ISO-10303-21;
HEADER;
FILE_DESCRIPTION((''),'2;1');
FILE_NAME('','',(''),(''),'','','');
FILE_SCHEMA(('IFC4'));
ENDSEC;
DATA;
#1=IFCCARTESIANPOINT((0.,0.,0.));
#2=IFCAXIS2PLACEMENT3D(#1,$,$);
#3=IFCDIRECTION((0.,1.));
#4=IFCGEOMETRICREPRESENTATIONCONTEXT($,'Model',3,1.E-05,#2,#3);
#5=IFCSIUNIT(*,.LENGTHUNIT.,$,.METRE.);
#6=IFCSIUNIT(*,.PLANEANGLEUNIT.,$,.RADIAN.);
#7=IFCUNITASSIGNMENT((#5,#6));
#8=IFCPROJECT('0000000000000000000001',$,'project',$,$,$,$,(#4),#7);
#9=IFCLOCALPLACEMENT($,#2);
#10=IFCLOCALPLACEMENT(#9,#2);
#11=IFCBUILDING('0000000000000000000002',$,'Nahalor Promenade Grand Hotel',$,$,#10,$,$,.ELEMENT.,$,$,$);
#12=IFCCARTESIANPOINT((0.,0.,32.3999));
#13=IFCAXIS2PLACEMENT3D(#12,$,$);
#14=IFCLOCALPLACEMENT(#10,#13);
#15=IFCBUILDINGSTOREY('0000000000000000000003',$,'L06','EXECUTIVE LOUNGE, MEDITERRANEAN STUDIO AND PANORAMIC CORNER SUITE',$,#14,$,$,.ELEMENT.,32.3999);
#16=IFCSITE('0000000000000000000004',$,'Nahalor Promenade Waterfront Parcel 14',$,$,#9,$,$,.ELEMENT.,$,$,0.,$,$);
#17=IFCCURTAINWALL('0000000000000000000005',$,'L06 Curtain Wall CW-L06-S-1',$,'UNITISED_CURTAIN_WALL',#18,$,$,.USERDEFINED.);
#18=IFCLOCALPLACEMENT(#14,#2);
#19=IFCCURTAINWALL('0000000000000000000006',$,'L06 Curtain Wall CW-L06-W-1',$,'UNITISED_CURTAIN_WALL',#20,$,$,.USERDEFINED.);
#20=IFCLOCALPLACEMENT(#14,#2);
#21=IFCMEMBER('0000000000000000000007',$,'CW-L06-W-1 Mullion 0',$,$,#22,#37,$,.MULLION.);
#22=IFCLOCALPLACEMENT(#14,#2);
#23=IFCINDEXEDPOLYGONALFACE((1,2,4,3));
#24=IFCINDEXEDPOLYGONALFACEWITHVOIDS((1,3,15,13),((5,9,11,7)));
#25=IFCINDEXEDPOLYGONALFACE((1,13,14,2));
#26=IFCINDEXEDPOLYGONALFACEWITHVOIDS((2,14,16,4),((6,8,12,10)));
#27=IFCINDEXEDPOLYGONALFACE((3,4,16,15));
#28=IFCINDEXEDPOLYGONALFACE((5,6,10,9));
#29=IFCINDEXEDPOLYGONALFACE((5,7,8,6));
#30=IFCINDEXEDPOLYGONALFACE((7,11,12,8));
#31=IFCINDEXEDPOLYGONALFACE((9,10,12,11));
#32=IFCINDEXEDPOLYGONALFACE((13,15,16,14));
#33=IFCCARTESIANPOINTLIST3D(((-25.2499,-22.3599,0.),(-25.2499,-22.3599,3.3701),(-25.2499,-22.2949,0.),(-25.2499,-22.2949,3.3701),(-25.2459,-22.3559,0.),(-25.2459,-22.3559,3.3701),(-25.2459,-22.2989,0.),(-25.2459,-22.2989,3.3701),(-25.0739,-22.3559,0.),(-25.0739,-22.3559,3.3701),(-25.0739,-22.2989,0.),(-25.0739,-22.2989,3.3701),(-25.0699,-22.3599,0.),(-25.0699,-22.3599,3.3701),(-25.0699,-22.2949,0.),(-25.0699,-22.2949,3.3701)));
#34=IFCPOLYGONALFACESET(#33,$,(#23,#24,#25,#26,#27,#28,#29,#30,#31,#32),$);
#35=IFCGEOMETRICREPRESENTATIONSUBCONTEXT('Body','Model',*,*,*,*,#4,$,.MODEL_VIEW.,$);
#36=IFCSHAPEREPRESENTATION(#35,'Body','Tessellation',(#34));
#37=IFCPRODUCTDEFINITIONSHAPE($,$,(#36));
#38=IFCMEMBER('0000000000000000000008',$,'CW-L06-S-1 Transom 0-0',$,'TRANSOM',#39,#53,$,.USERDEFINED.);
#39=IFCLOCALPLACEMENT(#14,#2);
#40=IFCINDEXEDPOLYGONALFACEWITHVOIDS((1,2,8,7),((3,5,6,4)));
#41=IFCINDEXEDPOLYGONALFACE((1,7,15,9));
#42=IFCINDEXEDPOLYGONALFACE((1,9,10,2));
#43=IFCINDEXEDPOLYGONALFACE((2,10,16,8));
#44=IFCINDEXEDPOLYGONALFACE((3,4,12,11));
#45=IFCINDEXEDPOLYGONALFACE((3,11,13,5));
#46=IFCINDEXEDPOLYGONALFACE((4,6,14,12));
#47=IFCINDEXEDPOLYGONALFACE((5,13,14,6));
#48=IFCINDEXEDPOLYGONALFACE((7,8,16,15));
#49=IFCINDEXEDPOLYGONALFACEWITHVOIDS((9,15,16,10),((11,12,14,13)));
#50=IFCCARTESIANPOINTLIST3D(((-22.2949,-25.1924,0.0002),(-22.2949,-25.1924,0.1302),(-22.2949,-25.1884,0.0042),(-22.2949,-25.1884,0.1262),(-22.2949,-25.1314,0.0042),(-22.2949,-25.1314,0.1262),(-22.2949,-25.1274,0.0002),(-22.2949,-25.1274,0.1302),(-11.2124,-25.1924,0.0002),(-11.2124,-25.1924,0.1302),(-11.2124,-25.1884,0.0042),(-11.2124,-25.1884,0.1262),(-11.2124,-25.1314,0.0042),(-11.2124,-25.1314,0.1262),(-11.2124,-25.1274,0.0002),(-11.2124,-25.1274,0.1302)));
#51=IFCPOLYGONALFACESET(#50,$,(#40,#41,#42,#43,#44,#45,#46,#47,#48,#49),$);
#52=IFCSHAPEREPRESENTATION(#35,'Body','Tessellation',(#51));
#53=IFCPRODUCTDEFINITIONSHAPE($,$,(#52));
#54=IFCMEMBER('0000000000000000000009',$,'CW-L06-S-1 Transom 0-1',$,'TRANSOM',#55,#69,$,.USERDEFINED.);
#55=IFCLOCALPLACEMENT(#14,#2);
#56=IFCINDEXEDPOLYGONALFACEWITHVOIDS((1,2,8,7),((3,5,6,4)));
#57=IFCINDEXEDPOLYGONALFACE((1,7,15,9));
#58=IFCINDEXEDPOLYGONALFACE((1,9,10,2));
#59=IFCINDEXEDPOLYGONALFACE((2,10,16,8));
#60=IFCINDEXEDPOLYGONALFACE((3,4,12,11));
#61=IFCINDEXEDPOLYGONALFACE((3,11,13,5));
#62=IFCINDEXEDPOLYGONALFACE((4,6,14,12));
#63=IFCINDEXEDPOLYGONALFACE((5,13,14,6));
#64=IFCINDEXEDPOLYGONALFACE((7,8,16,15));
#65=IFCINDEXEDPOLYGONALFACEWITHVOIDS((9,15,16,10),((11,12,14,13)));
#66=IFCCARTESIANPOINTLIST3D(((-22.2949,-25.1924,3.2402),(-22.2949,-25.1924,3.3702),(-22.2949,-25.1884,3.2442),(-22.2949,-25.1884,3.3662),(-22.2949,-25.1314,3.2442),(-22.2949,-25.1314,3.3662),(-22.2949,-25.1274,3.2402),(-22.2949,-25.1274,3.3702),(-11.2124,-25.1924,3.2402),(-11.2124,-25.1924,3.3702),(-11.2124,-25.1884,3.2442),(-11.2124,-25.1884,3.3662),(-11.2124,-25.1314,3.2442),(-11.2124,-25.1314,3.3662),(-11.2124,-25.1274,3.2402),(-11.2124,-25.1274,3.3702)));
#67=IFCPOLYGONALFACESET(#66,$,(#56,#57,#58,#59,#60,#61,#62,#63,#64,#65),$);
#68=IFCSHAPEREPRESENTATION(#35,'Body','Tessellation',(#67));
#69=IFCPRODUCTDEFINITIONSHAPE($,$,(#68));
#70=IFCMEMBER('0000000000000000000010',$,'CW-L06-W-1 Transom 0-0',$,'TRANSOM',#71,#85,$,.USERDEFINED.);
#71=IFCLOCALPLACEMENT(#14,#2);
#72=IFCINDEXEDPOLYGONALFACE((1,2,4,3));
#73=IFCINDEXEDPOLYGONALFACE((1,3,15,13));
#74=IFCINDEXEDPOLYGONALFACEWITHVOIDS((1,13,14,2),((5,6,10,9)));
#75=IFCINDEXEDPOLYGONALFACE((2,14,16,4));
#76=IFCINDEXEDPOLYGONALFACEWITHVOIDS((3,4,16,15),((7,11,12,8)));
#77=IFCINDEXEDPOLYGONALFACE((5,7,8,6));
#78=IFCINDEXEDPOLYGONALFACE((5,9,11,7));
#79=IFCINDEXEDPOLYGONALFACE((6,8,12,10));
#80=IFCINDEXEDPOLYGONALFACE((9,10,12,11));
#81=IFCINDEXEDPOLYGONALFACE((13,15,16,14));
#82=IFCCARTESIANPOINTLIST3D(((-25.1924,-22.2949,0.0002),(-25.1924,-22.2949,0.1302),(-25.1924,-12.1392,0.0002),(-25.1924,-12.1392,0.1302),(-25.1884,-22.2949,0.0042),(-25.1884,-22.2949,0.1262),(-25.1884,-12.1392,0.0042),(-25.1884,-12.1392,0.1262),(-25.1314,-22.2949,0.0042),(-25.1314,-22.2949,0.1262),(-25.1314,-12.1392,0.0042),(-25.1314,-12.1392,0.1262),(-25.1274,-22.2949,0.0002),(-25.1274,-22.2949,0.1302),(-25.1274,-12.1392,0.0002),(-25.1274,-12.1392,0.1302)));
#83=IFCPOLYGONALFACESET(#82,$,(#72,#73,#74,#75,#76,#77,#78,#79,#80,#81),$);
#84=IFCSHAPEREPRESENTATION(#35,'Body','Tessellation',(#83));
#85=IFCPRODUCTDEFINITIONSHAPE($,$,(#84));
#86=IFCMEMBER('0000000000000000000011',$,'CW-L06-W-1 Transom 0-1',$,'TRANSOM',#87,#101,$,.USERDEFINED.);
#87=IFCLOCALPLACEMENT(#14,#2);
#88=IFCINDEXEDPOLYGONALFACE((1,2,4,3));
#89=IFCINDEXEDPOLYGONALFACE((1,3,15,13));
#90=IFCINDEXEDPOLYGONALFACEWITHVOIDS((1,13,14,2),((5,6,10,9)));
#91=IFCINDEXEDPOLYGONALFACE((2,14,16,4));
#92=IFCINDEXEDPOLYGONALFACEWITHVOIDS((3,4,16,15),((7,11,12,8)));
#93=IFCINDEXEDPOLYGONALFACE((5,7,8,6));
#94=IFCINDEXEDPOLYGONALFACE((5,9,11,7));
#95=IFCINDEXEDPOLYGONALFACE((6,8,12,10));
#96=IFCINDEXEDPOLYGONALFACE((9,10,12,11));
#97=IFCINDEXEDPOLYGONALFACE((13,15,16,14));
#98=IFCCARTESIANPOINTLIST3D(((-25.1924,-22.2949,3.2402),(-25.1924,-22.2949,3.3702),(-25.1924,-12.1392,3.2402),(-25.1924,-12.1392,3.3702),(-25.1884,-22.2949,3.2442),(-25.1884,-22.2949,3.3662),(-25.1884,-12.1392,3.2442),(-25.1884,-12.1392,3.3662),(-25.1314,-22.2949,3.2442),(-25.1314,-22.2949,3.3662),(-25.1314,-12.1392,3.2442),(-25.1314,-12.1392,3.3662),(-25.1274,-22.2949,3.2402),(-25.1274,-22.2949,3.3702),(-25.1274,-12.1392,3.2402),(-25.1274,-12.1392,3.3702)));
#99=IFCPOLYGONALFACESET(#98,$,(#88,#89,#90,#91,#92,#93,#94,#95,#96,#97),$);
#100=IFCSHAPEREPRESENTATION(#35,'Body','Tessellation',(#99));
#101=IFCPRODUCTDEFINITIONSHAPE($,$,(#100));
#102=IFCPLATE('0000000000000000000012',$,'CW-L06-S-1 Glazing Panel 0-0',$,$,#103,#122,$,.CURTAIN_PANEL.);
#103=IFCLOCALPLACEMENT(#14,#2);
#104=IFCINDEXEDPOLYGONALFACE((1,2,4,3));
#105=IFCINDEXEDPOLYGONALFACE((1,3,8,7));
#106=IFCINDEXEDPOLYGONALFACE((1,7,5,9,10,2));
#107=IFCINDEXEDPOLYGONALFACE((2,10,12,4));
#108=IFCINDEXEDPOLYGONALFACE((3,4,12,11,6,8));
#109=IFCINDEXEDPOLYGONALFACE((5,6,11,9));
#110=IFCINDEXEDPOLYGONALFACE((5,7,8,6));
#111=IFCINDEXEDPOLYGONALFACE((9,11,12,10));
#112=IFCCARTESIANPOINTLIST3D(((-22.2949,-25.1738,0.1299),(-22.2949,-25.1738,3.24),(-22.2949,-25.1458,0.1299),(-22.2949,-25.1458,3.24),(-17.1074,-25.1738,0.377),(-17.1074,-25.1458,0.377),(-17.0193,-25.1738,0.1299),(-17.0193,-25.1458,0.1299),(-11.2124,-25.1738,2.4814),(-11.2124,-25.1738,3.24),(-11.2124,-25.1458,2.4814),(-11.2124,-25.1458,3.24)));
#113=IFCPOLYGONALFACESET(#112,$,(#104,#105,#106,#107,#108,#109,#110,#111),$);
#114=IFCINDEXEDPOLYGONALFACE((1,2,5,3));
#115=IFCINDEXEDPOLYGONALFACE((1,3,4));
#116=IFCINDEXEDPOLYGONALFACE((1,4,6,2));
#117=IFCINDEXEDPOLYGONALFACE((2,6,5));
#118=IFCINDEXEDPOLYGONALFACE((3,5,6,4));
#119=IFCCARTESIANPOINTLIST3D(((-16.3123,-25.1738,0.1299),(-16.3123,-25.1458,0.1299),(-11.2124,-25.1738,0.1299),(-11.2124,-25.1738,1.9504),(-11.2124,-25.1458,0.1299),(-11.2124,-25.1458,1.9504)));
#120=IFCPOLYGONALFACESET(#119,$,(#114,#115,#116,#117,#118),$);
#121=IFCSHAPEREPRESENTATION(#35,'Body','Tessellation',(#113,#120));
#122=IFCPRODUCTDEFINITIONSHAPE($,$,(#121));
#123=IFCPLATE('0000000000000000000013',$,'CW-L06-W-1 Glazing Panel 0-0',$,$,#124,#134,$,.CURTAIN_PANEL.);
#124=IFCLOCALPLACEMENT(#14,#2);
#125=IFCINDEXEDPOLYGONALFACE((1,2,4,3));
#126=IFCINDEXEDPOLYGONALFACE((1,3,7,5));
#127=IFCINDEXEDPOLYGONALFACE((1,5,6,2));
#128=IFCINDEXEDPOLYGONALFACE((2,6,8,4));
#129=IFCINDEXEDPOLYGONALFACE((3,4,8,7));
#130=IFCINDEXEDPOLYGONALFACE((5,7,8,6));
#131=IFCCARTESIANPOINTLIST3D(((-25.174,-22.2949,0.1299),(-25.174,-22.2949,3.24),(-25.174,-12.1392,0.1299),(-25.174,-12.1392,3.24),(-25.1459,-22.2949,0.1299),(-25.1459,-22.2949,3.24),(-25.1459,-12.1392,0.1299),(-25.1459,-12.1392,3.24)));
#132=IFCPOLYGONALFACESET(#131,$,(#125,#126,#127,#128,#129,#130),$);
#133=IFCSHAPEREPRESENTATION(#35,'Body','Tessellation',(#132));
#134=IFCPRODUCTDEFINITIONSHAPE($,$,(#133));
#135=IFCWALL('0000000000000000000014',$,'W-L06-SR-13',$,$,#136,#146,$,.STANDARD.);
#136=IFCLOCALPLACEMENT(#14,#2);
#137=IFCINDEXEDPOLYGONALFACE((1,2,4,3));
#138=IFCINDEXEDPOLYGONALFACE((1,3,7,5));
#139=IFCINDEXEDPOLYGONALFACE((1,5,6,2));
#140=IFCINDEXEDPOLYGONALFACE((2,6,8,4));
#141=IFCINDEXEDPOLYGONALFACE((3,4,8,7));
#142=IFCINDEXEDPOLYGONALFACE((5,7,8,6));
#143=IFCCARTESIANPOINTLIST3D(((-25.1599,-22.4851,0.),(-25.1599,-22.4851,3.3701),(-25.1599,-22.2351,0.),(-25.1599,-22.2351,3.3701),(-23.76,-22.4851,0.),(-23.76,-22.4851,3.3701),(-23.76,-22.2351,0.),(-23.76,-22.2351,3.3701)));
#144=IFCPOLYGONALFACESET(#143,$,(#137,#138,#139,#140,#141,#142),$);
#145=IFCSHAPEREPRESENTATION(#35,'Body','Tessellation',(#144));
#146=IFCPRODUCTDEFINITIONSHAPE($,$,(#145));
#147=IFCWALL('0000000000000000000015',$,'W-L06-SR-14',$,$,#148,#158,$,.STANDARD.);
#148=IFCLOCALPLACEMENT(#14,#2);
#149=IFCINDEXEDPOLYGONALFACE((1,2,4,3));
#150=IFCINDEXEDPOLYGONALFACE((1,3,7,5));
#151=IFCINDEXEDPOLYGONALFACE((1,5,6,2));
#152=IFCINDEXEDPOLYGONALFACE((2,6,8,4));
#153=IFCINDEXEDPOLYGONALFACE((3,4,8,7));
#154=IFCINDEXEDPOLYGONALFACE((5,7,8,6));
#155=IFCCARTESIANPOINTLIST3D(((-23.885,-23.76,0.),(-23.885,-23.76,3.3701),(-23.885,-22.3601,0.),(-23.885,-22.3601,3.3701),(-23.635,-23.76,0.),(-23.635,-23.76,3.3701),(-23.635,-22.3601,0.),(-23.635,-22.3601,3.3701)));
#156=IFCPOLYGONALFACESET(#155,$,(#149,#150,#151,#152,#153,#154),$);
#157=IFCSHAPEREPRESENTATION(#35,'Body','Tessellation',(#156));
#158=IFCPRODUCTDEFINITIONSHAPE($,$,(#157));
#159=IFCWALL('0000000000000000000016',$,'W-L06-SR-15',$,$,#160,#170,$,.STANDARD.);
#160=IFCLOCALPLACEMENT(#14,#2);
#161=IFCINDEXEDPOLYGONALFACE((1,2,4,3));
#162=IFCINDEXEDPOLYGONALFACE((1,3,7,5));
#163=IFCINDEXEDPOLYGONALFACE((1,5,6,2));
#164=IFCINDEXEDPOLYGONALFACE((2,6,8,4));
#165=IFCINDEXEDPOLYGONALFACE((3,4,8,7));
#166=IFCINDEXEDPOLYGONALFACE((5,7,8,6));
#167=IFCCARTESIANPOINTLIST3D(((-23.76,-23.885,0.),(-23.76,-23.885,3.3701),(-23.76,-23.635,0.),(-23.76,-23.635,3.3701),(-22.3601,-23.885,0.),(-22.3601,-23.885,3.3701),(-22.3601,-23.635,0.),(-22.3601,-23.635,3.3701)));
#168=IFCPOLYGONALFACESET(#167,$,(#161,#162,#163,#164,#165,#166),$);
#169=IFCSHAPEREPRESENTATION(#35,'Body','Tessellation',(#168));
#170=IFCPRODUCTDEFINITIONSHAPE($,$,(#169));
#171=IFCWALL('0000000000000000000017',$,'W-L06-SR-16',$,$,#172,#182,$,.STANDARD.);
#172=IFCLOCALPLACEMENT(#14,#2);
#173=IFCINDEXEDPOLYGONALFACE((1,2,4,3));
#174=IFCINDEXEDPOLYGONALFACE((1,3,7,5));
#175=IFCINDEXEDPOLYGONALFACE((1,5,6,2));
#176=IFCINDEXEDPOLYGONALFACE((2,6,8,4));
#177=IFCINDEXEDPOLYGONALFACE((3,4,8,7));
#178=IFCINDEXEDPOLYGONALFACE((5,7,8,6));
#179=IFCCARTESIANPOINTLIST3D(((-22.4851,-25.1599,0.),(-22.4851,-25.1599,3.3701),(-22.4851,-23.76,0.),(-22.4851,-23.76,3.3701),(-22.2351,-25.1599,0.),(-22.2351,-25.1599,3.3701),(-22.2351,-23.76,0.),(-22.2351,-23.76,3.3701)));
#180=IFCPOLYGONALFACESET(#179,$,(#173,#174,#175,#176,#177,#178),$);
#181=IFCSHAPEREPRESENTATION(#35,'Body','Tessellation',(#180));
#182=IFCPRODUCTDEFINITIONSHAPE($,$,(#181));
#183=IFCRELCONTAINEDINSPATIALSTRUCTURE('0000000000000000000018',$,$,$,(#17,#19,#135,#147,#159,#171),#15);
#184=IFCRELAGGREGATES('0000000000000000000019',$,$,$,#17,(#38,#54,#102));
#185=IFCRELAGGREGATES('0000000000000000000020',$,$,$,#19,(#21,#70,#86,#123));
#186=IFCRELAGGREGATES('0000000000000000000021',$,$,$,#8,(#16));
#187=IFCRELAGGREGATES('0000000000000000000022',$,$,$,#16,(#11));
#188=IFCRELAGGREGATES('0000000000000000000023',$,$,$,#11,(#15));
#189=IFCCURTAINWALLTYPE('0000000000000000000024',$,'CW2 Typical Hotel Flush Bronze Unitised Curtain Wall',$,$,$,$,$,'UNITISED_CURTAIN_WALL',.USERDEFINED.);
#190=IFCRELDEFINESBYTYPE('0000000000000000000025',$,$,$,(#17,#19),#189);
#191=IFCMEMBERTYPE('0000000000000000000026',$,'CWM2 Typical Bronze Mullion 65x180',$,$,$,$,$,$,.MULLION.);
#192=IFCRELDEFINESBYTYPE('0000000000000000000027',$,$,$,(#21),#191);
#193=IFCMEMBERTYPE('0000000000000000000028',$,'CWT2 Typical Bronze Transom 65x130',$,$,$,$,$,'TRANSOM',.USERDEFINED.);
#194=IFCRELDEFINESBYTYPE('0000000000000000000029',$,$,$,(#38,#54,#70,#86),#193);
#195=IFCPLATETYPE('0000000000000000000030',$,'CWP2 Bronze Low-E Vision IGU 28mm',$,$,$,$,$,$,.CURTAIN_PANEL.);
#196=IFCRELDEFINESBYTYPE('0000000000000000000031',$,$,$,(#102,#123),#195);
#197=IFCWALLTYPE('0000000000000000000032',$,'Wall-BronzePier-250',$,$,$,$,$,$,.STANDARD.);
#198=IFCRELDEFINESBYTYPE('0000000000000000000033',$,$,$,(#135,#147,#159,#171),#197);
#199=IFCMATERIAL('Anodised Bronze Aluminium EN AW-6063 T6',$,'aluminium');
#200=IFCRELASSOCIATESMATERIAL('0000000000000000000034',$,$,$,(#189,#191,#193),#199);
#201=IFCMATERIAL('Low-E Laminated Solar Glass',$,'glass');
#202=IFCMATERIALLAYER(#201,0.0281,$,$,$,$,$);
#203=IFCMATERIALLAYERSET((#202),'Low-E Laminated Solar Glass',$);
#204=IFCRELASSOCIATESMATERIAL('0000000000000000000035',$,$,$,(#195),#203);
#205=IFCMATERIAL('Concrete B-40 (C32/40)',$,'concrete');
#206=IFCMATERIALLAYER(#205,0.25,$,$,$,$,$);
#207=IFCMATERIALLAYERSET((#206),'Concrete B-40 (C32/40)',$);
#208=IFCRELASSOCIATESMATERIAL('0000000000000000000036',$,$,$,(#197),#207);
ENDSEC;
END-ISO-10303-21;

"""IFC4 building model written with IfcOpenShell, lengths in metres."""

from ifc_helpers import new_model, si_unit, direction, frame, frame_2d, origin, origin_2d, place, context, subcontext, project, spatial, polyline, rectangle, hollow_rectangle, outline, extrude, source, transform, mapped, material, layer, layer_set, material_profile, profile_set, type_object, element, aggregate, save


model = new_model("IFC4")

# Units and contexts
model_context = context("Model", 3, precision=1e-05, world=origin(), true_north=direction((0.0, 1.0)))
body_context = subcontext(model_context, "Body", "Model", "MODEL_VIEW")
ifc_project = project(units=[si_unit("LENGTHUNIT", "METRE"), si_unit("PLANEANGLEUNIT", "RADIAN")], contexts=[model_context])

# Site, building, storey
site_placement = place(None, origin())
site = spatial("IfcSite", under=ifc_project, at=site_placement, Name="Nahalor Promenade Waterfront Parcel 14", CompositionType="ELEMENT", RefElevation=0.0)
building_placement = place(site_placement, origin())
building = spatial("IfcBuilding", under=site, at=building_placement, Name="Nahalor Promenade Grand Hotel", CompositionType="ELEMENT")
storey_placement = place(building_placement, frame((0.0, 0.0, 32.3999)))
storey = spatial("IfcBuildingStorey", under=building, at=storey_placement, Name="L06", Description="EXECUTIVE LOUNGE, MEDITERRANEAN STUDIO AND PANORAMIC CORNER SUITE", CompositionType="ELEMENT", Elevation=32.3999)

# Curtain walls, member
ifc_material_1 = material(Name="Anodised Bronze Aluminium EN AW-6063 T6", Category="aluminium")
curtain_wall_type = type_object("IfcCurtainWallType", Name="CW2 Typical Hotel Flush Bronze Unitised Curtain Wall", ElementType="UNITISED_CURTAIN_WALL", PredefinedType="USERDEFINED", material=ifc_material_1)
curtain_wall_1_placement = place(storey_placement, origin())
curtain_wall_1 = element("IfcCurtainWall", 1, at=curtain_wall_1_placement, inside=storey, type_object=curtain_wall_type, Name="L06 Curtain Wall CW-L06-S-1", ObjectType="UNITISED_CURTAIN_WALL", PredefinedType="USERDEFINED")
ifc_material_profile_1 = material_profile(ifc_material_1, hollow_rectangle(XDim=0.065, YDim=0.18, WallThickness=0.004, at=origin_2d()), Name="CWM 65x180x4")
ifc_profile_set_1 = profile_set([ifc_material_profile_1], Name="Anodised Bronze Aluminium EN AW-6063 T6")
member_type_1 = type_object("IfcMemberType", Name="CWM2 Typical Bronze Mullion 65x180", PredefinedType="MULLION", material=ifc_profile_set_1)
shared_shape_1 = source(origin(), body_context, "Body", "SweptSolid", [
    extrude(hollow_rectangle(XDim=0.065, YDim=0.18, WallThickness=0.004, at=origin_2d()), origin(), (0.0, 0.0, 1.0), 3.3701),
])
curtain_wall_2_placement = place(storey_placement, origin())
curtain_wall_2 = element("IfcCurtainWall", 2, at=curtain_wall_2_placement, inside=storey, type_object=curtain_wall_type, Name="L06 Curtain Wall CW-L06-W-1", ObjectType="UNITISED_CURTAIN_WALL", PredefinedType="USERDEFINED")
member_1_placement = place(storey_placement, frame((-25.1599, -22.3274, 0.0), z_axis=(0.0, 0.0, 1.0), x_axis=(0.0, 1.0, 0.0)))
member_1 = element("IfcMember", 3, at=member_1_placement, type_object=member_type_1, Name="CW-L06-W-1 Mullion 0", PredefinedType="MULLION", context=body_context, shape_type="MappedRepresentation", body=[
    mapped(shared_shape_1, transform((0.0, 0.0, 0.0), scale=1.0)),
])

# Members
ifc_material_profile_2 = material_profile(ifc_material_1, hollow_rectangle(XDim=0.065, YDim=0.13, WallThickness=0.004, at=origin_2d()), Name="CWT 65x130x4")
ifc_profile_set_2 = profile_set([ifc_material_profile_2], Name="Anodised Bronze Aluminium EN AW-6063 T6")
member_type_2 = type_object("IfcMemberType", Name="CWT2 Typical Bronze Transom 65x130", ElementType="TRANSOM", PredefinedType="USERDEFINED", material=ifc_profile_set_2)
shared_shape_2 = source(origin(), body_context, "Body", "SweptSolid", [
    extrude(hollow_rectangle(XDim=0.065, YDim=0.13, WallThickness=0.004, at=origin_2d()), origin(), (0.0, 0.0, 1.0), 11.0825),
])
member_2_placement = place(storey_placement, frame((-22.2949, -25.1599, 0.0652), z_axis=(1.0, 0.0, 0.0), x_axis=(0.0, 1.0, 0.0)))
member_2 = element("IfcMember", 4, at=member_2_placement, type_object=member_type_2, Name="CW-L06-S-1 Transom 0-0", ObjectType="TRANSOM", PredefinedType="USERDEFINED", context=body_context, shape_type="MappedRepresentation", body=[
    mapped(shared_shape_2, transform((0.0, 0.0, 0.0), scale=1.0)),
])
member_3_placement = place(storey_placement, frame((-22.2949, -25.1599, 3.3052), z_axis=(1.0, 0.0, 0.0), x_axis=(0.0, 1.0, 0.0)))
member_3 = element("IfcMember", 5, at=member_3_placement, type_object=member_type_2, Name="CW-L06-S-1 Transom 0-1", ObjectType="TRANSOM", PredefinedType="USERDEFINED", context=body_context, shape_type="MappedRepresentation", body=[
    mapped(shared_shape_2, transform((0.0, 0.0, 0.0), scale=1.0)),
])
shared_shape_3 = source(origin(), body_context, "Body", "SweptSolid", [
    extrude(hollow_rectangle(XDim=0.065, YDim=0.13, WallThickness=0.004, at=origin_2d()), origin(), (0.0, 0.0, 1.0), 10.1558),
])
member_4_placement = place(storey_placement, frame((-25.1599, -22.2949, 0.0652), z_axis=(0.0, 1.0, 0.0), x_axis=(-1.0, 0.0, 0.0)))
member_4 = element("IfcMember", 6, at=member_4_placement, type_object=member_type_2, Name="CW-L06-W-1 Transom 0-0", ObjectType="TRANSOM", PredefinedType="USERDEFINED", context=body_context, shape_type="MappedRepresentation", body=[
    mapped(shared_shape_3, transform((0.0, 0.0, 0.0), scale=1.0)),
])
member_5_placement = place(storey_placement, frame((-25.1599, -22.2949, 3.3052), z_axis=(0.0, 1.0, 0.0), x_axis=(-1.0, 0.0, 0.0)))
member_5 = element("IfcMember", 7, at=member_5_placement, type_object=member_type_2, Name="CW-L06-W-1 Transom 0-1", ObjectType="TRANSOM", PredefinedType="USERDEFINED", context=body_context, shape_type="MappedRepresentation", body=[
    mapped(shared_shape_3, transform((0.0, 0.0, 0.0), scale=1.0)),
])

# Plates
ifc_material_2 = material(Name="Low-E Laminated Solar Glass", Category="glass")
ifc_layer_1 = layer(ifc_material_2, 0.0281)
ifc_layer_set_1 = layer_set([ifc_layer_1], Name="Low-E Laminated Solar Glass")
plate_type = type_object("IfcPlateType", Name="CWP2 Bronze Low-E Vision IGU 28mm", PredefinedType="CURTAIN_PANEL", material=ifc_layer_set_1)
plate_1_placement = place(storey_placement, frame((-16.7537, -25.1599, 0.1299), z_axis=(0.0, 0.0, 1.0), x_axis=(1.0, 0.0, 0.0)))
plate_1 = element("IfcPlate", 8, at=plate_1_placement, type_object=plate_type, Name="CW-L06-S-1 Glazing Panel 0-0", PredefinedType="CURTAIN_PANEL", context=body_context, shape_type="SweptSolid", body=[
    extrude(outline(polyline([(-5.5413, 3.1101), (-5.5413, 0.0), (-0.2656, 0.0), (-0.3538, 0.2471), (5.5413, 2.3516), (5.5413, 3.1101), (-5.5413, 3.1101)])), frame((0.0, 0.0142, 0.0), z_axis=(0.0, -1.0, 0.0), x_axis=(1.0, 0.0, 0.0)), (0.0, 0.0, 1.0), 0.0281),
    extrude(outline(polyline([(0.4414, 0.0), (5.5413, 0.0), (5.5413, 1.8206), (0.4414, 0.0)])), frame((0.0, 0.0142, 0.0), z_axis=(0.0, -1.0, 0.0), x_axis=(1.0, 0.0, 0.0)), (0.0, 0.0, 1.0), 0.0281),
])
aggregate(curtain_wall_1, [member_2, member_3, plate_1])
shared_shape_4 = source(origin(), body_context, "Body", "SweptSolid", [
    extrude(rectangle(XDim=10.1558, YDim=0.0281, at=origin_2d()), origin(), (0.0, 0.0, 1.0), 3.1101),
])
plate_2_placement = place(storey_placement, frame((-25.1599, -17.217, 0.1299), z_axis=(0.0, 0.0, 1.0), x_axis=(0.0, 1.0, 0.0)))
plate_2 = element("IfcPlate", 9, at=plate_2_placement, type_object=plate_type, Name="CW-L06-W-1 Glazing Panel 0-0", PredefinedType="CURTAIN_PANEL", context=body_context, shape_type="MappedRepresentation", body=[
    mapped(shared_shape_4, transform((0.0, 0.0, 0.0), scale=1.0)),
])
aggregate(curtain_wall_2, [member_1, member_4, member_5, plate_2])

# Walls
ifc_material_3 = material(Name="Concrete B-40 (C32/40)", Category="concrete")
ifc_layer_2 = layer(ifc_material_3, 0.25)
ifc_layer_set_2 = layer_set([ifc_layer_2], Name="Concrete B-40 (C32/40)")
wall_type_1 = type_object("IfcWallType", Name="Wall-BronzePier-250", PredefinedType="STANDARD", material=ifc_layer_set_2)
shared_shape_5 = source(origin(), body_context, "Body", "SweptSolid", [
    extrude(rectangle(XDim=1.3999, YDim=0.25, at=frame_2d((0.7, 0.0))), origin(), (0.0, 0.0, 1.0), 3.3701),
])
for number, where, z_axis, x_axis, name in (
    (10, (-25.1599, -22.3601, 0.0), (0.0, 0.0, 1.0), (1.0, 0.0, 0.0), "W-L06-SR-13"),
    (11, (-23.76, -23.76, 0.0), (0.0, 0.0, 1.0), (0.0, 1.0, 0.0), "W-L06-SR-14"),
    (12, (-23.76, -23.76, 0.0), (0.0, 0.0, 1.0), (1.0, 0.0, 0.0), "W-L06-SR-15"),
    (13, (-22.3601, -25.1599, 0.0), (0.0, 0.0, 1.0), (0.0, 1.0, 0.0), "W-L06-SR-16"),
):
    element("IfcWall", number, at=place(storey_placement, frame(where, z_axis=z_axis, x_axis=x_axis)), inside=storey, type_object=wall_type_1, Name=name, PredefinedType="STANDARD", context=body_context, shape_type="MappedRepresentation", body=[
        mapped(shared_shape_5, transform((0.0, 0.0, 0.0), scale=1.0)),
    ])

save(model, "model.ifc")
